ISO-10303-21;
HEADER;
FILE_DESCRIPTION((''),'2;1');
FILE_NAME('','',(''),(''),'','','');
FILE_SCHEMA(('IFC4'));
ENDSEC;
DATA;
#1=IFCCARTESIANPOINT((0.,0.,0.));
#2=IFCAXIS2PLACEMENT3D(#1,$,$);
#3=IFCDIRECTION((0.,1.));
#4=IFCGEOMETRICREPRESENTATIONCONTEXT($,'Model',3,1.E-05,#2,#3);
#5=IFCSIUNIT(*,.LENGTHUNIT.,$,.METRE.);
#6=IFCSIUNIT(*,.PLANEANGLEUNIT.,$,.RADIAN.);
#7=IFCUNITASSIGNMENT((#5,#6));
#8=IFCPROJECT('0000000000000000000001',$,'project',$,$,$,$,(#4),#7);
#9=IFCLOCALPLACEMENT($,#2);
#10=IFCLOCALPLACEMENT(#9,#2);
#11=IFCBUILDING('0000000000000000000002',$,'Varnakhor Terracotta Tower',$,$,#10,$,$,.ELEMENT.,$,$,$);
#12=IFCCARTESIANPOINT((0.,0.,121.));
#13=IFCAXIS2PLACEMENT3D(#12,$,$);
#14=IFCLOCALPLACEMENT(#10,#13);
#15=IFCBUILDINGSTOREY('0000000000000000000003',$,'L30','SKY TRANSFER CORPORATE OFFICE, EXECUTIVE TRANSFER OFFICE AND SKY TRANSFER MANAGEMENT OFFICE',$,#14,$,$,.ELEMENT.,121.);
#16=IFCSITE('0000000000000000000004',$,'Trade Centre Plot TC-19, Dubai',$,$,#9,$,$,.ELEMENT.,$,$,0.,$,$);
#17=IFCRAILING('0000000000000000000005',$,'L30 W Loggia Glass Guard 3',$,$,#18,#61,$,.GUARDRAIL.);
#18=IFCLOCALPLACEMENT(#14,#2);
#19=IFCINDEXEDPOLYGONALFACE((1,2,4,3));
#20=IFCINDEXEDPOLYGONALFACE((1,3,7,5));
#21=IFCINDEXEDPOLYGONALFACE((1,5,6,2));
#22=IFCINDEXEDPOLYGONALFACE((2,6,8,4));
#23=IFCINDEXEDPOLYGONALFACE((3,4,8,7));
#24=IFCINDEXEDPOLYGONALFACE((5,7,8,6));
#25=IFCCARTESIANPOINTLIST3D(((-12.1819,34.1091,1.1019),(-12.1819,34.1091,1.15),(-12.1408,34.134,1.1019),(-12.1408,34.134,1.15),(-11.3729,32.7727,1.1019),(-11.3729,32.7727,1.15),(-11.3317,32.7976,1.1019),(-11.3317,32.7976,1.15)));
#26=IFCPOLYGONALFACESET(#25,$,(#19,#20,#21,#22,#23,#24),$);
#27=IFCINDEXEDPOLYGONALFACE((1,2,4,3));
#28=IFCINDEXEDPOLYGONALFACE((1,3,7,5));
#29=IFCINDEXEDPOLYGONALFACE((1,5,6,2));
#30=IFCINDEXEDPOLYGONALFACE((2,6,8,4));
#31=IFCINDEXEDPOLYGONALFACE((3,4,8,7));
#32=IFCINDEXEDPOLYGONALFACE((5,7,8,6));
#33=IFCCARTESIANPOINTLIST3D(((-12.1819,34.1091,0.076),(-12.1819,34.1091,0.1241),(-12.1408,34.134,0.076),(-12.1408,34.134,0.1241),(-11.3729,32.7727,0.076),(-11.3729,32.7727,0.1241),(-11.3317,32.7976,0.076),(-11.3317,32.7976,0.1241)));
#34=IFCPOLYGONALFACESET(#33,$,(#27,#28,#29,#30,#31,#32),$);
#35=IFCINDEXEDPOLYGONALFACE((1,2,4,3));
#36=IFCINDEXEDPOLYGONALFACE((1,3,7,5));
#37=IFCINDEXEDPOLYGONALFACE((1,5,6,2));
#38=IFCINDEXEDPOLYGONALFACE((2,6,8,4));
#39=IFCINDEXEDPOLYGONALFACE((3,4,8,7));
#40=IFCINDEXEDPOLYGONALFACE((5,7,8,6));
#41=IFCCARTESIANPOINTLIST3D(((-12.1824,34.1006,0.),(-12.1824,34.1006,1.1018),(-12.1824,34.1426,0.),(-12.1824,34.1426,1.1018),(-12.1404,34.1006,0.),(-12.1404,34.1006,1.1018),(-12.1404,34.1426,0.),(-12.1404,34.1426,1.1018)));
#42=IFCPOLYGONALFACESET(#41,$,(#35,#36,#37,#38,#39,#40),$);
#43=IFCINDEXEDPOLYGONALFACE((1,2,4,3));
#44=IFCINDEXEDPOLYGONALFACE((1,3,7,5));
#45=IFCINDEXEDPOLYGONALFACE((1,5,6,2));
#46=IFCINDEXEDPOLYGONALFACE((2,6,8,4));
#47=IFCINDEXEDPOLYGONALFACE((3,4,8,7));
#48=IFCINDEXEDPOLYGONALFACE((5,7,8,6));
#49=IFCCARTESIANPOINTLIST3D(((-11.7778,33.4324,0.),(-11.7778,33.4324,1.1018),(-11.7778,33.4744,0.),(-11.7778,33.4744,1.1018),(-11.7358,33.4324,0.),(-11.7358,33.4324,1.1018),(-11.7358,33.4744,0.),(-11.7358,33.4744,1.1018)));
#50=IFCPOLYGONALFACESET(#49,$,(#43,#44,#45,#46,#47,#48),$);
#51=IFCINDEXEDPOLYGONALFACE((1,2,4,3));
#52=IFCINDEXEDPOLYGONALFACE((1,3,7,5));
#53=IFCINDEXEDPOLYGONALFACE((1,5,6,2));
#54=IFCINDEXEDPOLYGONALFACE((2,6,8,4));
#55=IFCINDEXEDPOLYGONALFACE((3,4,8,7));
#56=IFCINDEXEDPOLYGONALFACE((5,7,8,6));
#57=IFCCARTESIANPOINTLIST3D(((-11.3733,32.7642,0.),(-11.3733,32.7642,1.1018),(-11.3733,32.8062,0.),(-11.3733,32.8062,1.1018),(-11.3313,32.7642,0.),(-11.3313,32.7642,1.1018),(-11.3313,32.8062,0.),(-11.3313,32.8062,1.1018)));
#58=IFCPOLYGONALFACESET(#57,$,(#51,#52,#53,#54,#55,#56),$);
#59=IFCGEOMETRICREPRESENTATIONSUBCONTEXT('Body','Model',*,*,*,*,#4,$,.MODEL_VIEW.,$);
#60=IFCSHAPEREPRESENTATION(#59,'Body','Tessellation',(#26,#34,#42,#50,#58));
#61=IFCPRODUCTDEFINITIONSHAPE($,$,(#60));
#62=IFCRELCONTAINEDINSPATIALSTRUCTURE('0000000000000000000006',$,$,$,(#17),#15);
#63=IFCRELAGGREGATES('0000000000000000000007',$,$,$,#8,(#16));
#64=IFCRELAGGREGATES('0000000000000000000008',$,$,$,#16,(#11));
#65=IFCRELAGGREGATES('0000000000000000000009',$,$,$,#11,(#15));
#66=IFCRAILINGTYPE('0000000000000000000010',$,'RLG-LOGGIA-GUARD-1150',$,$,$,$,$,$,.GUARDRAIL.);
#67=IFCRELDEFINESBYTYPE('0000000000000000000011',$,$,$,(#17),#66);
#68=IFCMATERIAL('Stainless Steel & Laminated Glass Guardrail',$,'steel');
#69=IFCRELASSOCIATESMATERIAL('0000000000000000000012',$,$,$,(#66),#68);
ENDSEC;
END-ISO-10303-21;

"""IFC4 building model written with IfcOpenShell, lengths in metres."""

from ifc_helpers import new_model, si_unit, direction, frame, origin, origin_2d, place, context, subcontext, project, spatial, rectangle, extrude, material, type_object, element, save


model = new_model("IFC4")

# Units and contexts
model_context = context("Model", 3, precision=1e-05, world=origin(), true_north=direction((0.0, 1.0)))
body_context = subcontext(model_context, "Body", "Model", "MODEL_VIEW")
ifc_project = project(units=[si_unit("LENGTHUNIT", "METRE"), si_unit("PLANEANGLEUNIT", "RADIAN")], contexts=[model_context])

# Site, building, storey
site_placement = place(None, origin())
site = spatial("IfcSite", under=ifc_project, at=site_placement, Name="Trade Centre Plot TC-19, Dubai", CompositionType="ELEMENT", RefElevation=0.0)
building_placement = place(site_placement, origin())
building = spatial("IfcBuilding", under=site, at=building_placement, Name="Varnakhor Terracotta Tower", CompositionType="ELEMENT")
storey_placement = place(building_placement, frame((0.0, 0.0, 121.0)))
storey = spatial("IfcBuildingStorey", under=building, at=storey_placement, Name="L30", Description="SKY TRANSFER CORPORATE OFFICE, EXECUTIVE TRANSFER OFFICE AND SKY TRANSFER MANAGEMENT OFFICE", CompositionType="ELEMENT", Elevation=121.0)

# Railing
ifc_material_1 = material(Name="Stainless Steel & Laminated Glass Guardrail", Category="steel")
railing_type = type_object("IfcRailingType", Name="RLG-LOGGIA-GUARD-1150", PredefinedType="GUARDRAIL", material=ifc_material_1)
railing_placement = place(storey_placement, frame((-12.1614, 34.1216, 0.0)))
element("IfcRailing", 1, at=railing_placement, inside=storey, type_object=railing_type, Name="L30 W Loggia Glass Guard 3", PredefinedType="GUARDRAIL", context=body_context, shape_type="SweptSolid", body=[
    extrude(rectangle(XDim=0.0481, YDim=0.0481, at=origin_2d()), frame((0.0, 0.0, 1.126), z_axis=(0.517893, -0.855445, 0.0), x_axis=(0.855445, 0.517893, 0.0)), (0.0, 0.0, 1.0), 1.5623),
    extrude(rectangle(XDim=0.0481, YDim=0.0481, at=origin_2d()), frame((0.0, 0.0, 0.1001), z_axis=(0.517893, -0.855445, 0.0), x_axis=(0.855445, 0.517893, 0.0)), (0.0, 0.0, 1.0), 1.5623),
    extrude(rectangle(XDim=0.042, YDim=0.042, at=origin_2d()), origin(), (0.0, 0.0, 1.0), 1.1018),
    extrude(rectangle(XDim=0.042, YDim=0.042, at=origin_2d()), frame((0.4045, -0.6682, 0.0)), (0.0, 0.0, 1.0), 1.1018),
    extrude(rectangle(XDim=0.042, YDim=0.042, at=origin_2d()), frame((0.8091, -1.3364, 0.0)), (0.0, 0.0, 1.0), 1.1018),
])

save(model, "model.ifc")
